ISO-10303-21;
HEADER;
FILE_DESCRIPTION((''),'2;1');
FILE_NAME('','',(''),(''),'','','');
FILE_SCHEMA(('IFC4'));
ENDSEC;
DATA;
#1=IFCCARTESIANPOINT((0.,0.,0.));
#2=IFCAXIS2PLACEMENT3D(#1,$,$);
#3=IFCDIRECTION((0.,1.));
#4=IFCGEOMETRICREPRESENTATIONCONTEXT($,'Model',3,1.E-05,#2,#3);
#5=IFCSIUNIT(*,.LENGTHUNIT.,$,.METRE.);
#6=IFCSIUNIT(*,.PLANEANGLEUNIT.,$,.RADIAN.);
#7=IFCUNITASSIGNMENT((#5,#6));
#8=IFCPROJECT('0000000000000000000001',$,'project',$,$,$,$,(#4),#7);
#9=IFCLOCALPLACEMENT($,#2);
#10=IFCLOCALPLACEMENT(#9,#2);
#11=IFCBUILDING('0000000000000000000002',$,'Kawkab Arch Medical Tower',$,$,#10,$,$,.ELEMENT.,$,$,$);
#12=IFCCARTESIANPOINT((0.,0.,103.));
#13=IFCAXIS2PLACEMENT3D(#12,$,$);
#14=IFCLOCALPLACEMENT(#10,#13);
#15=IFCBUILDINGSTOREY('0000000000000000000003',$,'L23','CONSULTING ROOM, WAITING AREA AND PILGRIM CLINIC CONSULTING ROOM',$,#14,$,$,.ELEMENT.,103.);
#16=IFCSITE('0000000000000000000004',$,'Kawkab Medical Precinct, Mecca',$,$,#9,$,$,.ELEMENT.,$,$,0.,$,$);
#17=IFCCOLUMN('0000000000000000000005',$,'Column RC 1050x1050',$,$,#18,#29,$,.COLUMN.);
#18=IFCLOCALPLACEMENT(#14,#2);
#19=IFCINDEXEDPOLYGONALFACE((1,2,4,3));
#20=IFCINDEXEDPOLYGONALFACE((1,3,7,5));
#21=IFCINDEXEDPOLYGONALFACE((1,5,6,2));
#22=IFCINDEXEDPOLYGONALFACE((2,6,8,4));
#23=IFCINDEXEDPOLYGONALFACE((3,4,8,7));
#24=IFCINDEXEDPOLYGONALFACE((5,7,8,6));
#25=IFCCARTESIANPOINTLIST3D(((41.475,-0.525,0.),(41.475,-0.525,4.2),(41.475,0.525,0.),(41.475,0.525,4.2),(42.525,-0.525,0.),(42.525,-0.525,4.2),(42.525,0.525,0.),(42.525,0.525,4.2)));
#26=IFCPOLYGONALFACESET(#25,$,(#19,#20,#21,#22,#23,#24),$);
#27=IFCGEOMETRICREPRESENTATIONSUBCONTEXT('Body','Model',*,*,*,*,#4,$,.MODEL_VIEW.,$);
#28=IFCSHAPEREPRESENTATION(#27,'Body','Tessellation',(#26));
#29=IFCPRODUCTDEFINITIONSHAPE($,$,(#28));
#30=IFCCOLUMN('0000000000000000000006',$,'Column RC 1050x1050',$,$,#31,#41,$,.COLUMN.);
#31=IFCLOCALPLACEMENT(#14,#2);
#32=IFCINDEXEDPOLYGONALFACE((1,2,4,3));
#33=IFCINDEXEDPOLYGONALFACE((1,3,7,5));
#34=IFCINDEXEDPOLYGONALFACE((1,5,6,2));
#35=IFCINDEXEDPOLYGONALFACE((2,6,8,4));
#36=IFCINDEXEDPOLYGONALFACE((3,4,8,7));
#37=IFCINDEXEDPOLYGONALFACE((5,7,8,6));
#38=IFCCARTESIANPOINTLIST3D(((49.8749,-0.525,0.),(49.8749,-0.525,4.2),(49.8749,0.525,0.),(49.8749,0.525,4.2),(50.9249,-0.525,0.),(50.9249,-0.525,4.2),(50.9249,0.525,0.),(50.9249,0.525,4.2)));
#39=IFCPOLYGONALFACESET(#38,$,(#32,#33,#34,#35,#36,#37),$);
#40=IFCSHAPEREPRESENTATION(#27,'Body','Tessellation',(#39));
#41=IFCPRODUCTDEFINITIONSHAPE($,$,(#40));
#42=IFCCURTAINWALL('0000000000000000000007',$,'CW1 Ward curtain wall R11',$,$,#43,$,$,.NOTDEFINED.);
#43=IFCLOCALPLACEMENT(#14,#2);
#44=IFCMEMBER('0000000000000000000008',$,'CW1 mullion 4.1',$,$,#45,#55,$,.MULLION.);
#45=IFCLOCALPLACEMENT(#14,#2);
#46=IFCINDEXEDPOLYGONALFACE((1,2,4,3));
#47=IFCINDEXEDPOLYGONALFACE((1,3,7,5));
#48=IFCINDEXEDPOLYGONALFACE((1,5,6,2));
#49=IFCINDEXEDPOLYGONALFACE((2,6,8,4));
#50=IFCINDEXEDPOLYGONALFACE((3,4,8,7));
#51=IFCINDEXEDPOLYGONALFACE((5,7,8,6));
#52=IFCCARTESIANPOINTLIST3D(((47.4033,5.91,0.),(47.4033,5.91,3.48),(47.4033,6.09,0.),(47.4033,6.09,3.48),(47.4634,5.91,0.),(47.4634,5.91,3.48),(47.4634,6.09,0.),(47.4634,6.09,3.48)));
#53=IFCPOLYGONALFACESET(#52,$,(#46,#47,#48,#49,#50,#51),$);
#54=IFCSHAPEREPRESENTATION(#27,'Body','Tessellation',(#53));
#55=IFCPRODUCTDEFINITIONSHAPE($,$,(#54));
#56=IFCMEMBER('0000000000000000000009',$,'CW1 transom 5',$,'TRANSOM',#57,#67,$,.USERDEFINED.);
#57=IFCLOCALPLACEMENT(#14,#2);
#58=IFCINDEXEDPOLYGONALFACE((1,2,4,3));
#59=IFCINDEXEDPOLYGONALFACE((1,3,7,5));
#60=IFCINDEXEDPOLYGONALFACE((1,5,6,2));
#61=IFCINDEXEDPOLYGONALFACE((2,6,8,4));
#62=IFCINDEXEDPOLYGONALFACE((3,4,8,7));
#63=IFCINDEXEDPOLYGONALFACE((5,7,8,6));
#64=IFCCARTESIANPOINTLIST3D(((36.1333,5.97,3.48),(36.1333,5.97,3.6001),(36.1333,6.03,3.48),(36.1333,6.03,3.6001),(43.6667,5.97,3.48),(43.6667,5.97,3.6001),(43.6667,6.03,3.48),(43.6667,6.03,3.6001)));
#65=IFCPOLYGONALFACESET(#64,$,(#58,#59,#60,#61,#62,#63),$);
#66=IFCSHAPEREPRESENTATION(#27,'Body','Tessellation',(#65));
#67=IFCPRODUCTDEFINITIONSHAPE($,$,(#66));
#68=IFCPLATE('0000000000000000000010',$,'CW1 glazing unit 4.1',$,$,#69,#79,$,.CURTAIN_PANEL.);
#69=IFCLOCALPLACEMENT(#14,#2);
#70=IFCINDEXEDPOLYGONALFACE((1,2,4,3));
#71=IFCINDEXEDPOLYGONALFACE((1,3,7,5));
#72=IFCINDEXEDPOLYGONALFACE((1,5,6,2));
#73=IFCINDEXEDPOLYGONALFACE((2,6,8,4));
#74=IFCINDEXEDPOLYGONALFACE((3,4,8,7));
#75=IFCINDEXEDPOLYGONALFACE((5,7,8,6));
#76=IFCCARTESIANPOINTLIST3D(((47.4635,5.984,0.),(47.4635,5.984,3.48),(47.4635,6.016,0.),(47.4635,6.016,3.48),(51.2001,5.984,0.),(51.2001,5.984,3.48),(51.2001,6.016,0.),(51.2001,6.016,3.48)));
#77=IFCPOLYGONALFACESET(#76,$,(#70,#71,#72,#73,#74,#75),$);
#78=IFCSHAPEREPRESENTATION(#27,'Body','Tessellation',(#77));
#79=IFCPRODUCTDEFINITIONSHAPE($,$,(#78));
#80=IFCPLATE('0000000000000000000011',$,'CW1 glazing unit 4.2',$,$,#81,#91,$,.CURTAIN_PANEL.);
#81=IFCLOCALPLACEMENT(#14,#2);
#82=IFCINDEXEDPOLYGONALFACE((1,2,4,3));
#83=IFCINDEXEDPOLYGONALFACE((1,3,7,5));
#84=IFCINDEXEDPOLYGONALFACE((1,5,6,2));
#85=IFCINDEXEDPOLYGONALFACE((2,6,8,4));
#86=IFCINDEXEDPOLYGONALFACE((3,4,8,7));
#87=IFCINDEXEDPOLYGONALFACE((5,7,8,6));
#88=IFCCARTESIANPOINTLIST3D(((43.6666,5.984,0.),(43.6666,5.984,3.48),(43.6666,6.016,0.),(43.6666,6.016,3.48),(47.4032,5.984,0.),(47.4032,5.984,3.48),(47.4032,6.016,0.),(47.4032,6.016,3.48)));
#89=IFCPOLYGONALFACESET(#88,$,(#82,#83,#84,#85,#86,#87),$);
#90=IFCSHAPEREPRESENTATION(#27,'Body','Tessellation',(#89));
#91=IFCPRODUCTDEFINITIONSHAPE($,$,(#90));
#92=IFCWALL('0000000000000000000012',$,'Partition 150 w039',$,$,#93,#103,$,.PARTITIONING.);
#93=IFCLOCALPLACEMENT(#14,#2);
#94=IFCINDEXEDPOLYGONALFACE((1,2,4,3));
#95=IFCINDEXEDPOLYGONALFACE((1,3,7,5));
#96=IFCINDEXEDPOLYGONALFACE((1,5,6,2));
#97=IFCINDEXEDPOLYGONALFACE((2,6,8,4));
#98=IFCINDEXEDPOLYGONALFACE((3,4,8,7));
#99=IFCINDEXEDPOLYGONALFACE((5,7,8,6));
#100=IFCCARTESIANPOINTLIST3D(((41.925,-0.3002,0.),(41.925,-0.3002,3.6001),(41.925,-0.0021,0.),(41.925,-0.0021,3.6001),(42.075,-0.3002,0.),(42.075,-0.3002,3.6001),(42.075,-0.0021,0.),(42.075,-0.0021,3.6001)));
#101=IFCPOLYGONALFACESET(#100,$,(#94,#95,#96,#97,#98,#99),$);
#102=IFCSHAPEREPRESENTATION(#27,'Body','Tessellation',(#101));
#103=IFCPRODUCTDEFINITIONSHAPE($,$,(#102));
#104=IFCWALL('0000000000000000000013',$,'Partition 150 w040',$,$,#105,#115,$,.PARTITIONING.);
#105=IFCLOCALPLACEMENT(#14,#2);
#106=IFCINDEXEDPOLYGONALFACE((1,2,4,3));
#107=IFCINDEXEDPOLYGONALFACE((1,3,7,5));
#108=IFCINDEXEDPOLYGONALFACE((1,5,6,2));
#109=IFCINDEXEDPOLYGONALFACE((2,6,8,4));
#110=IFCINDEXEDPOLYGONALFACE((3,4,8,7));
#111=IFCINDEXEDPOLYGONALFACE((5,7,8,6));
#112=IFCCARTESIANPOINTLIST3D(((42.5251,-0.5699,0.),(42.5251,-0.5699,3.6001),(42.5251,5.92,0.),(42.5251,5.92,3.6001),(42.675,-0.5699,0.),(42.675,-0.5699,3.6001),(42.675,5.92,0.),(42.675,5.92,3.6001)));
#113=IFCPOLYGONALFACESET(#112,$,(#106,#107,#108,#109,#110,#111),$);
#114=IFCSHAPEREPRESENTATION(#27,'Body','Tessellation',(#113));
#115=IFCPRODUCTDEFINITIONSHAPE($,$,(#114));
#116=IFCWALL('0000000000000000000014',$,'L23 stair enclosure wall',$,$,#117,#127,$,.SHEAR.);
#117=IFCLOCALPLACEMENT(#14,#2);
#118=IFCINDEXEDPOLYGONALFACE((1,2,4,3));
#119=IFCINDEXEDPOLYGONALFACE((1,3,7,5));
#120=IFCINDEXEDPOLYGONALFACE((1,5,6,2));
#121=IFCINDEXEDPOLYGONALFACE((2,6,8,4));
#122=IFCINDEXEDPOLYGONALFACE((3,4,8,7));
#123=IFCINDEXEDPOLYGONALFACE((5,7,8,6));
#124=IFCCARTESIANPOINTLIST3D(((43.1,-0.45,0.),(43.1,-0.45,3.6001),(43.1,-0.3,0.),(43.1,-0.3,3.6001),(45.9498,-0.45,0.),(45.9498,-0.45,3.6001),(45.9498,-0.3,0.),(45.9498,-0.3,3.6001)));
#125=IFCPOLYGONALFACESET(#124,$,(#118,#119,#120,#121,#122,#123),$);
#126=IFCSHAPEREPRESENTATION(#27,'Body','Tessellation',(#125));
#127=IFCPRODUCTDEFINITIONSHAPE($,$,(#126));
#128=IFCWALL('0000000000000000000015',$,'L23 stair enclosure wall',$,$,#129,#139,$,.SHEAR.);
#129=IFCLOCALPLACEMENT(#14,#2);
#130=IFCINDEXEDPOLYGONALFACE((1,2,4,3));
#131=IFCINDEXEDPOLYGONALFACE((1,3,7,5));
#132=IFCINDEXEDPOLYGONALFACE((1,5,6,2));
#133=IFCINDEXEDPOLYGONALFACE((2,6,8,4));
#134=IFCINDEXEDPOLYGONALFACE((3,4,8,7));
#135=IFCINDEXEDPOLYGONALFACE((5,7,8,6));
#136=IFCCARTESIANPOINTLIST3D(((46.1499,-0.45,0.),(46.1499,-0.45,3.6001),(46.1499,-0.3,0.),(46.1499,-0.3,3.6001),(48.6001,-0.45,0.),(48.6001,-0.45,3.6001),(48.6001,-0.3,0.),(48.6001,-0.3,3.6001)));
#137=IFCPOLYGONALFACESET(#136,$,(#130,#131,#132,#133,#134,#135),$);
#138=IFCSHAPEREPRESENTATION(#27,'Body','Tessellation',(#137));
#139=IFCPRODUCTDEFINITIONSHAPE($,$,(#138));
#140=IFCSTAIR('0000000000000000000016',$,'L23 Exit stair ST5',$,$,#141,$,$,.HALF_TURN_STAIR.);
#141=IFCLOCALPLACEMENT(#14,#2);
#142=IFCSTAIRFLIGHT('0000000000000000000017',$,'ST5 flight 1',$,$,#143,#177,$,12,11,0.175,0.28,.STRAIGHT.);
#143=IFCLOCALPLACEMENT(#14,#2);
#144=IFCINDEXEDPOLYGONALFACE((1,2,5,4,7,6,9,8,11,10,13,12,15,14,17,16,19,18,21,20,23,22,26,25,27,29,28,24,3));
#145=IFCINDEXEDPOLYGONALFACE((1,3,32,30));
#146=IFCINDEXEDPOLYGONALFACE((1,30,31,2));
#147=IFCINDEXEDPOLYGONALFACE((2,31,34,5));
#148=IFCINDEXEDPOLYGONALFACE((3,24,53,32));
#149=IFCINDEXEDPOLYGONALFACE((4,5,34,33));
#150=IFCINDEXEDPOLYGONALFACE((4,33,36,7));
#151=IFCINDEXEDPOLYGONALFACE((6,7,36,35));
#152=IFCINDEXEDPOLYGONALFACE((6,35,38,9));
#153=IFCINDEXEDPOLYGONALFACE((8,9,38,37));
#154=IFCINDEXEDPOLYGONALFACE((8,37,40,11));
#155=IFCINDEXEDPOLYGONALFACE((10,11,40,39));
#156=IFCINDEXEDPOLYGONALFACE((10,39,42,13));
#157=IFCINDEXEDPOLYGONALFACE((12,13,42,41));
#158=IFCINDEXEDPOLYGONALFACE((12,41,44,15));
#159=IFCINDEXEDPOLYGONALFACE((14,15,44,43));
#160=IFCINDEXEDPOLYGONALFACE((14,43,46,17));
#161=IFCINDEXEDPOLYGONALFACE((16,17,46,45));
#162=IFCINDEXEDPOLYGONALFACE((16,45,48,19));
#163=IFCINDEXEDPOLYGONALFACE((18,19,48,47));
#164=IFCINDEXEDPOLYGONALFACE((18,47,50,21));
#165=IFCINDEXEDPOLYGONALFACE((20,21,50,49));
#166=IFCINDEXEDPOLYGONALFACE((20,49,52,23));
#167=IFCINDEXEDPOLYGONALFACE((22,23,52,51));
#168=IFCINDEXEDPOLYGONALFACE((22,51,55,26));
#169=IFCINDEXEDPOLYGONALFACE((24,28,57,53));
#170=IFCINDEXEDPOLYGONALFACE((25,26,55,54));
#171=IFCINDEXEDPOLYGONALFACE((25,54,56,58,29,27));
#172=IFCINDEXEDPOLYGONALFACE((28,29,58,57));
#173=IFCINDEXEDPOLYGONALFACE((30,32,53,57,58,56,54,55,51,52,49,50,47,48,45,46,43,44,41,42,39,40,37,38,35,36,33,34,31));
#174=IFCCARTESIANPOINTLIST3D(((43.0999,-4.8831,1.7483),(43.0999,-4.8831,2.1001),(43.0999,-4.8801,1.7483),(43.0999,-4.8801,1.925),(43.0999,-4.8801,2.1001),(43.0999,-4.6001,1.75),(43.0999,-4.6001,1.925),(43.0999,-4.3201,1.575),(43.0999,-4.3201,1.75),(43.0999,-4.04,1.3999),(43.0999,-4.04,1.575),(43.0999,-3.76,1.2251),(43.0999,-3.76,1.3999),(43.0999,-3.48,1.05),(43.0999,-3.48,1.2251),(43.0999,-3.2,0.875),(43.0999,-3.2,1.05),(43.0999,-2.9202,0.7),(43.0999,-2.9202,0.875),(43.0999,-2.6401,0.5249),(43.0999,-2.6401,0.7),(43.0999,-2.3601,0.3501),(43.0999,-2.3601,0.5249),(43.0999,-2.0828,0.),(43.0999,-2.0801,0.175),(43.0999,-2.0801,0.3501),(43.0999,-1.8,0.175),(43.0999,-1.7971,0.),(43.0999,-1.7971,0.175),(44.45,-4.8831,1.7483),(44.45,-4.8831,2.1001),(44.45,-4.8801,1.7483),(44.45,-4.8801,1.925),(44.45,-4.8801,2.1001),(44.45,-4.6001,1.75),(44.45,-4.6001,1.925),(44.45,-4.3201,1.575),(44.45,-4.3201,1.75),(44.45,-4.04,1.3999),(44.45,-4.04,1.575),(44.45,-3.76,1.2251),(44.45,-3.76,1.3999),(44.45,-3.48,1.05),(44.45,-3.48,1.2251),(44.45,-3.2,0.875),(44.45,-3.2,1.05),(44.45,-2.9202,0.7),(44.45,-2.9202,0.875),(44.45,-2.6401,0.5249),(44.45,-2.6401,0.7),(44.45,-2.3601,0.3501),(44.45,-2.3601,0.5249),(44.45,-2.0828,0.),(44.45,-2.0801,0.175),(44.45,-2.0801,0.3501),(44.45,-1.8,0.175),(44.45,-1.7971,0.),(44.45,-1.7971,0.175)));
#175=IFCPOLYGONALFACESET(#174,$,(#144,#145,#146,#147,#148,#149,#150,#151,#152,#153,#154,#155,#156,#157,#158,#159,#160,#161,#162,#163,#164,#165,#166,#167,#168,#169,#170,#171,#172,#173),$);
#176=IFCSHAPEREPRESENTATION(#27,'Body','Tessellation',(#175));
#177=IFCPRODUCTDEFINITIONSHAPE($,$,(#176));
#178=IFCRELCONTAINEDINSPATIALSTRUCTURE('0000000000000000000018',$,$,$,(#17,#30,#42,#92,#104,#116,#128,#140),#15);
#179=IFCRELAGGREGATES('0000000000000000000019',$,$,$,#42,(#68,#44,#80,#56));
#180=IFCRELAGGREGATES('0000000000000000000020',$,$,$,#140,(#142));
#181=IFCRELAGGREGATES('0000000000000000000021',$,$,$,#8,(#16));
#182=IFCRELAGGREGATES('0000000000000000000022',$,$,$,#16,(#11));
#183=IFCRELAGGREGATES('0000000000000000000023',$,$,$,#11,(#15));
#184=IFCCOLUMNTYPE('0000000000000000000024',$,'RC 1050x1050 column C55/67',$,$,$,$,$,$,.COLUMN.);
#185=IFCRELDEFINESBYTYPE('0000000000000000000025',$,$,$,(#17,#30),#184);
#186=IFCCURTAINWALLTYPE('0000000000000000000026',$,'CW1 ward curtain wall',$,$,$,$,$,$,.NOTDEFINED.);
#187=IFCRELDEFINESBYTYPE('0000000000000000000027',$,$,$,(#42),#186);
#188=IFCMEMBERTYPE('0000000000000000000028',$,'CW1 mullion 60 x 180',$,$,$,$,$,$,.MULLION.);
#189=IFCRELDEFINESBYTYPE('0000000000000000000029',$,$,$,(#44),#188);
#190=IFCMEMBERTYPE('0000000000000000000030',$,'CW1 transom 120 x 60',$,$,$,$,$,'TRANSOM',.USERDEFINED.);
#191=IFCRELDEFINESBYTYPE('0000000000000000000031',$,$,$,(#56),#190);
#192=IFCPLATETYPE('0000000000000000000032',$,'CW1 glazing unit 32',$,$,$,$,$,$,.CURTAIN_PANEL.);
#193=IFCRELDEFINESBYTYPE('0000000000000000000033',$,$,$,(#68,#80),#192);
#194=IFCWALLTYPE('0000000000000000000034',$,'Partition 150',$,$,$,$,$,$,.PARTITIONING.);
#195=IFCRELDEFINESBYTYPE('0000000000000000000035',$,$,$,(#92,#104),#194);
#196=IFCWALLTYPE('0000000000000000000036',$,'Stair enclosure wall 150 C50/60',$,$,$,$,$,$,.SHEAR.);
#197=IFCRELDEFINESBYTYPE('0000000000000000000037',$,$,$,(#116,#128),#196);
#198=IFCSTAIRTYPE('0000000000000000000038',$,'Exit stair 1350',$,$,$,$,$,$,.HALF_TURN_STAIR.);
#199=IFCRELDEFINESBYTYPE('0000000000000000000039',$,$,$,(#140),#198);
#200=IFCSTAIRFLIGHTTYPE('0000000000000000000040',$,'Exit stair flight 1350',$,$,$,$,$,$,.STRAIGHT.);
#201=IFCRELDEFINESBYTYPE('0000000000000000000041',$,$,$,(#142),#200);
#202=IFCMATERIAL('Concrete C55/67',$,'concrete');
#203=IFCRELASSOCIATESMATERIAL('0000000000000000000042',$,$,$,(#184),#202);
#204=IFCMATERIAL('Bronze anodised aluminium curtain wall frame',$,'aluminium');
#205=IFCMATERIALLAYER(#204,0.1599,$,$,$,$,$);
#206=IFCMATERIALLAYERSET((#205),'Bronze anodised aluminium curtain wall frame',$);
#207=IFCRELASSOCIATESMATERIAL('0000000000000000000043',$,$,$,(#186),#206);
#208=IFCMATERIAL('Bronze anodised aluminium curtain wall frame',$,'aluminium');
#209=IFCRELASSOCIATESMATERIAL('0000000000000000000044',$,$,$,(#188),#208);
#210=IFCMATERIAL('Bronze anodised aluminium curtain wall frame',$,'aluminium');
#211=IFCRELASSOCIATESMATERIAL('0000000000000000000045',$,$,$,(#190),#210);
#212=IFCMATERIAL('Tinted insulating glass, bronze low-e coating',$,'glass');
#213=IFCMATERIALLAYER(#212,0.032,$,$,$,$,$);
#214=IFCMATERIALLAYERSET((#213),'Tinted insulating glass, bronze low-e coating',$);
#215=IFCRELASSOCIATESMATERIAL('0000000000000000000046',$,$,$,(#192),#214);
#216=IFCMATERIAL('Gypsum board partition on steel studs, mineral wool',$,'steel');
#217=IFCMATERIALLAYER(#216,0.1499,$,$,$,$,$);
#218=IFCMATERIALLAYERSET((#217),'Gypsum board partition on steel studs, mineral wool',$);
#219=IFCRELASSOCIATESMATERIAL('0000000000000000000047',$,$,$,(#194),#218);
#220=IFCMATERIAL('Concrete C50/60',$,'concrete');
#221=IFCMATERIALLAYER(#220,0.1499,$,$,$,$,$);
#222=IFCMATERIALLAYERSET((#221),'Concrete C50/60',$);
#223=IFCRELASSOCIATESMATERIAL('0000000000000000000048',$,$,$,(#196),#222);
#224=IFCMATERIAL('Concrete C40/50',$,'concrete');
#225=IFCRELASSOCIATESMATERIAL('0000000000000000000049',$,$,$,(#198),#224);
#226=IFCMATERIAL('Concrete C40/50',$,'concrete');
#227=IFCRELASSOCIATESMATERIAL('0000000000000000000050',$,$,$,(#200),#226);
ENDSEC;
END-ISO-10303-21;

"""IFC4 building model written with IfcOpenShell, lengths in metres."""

from ifc_helpers import new_model, si_unit, direction, frame, frame_2d, origin, origin_2d, place, context, subcontext, project, spatial, polyline, rectangle, outline, extrude, material, layer, layer_set, material_profile, profile_set, type_object, element, aggregate, save


model = new_model("IFC4")

# Units and contexts
model_context = context("Model", 3, precision=1e-05, world=origin(), true_north=direction((0.0, 1.0)))
body_context = subcontext(model_context, "Body", "Model", "MODEL_VIEW")
ifc_project = project(units=[si_unit("LENGTHUNIT", "METRE"), si_unit("PLANEANGLEUNIT", "RADIAN")], contexts=[model_context])

# Site, building, storey
site_placement = place(None, origin())
site = spatial("IfcSite", under=ifc_project, at=site_placement, Name="Kawkab Medical Precinct, Mecca", CompositionType="ELEMENT", RefElevation=0.0)
building_placement = place(site_placement, origin())
building = spatial("IfcBuilding", under=site, at=building_placement, Name="Kawkab Arch Medical Tower", CompositionType="ELEMENT")
storey_placement = place(building_placement, frame((0.0, 0.0, 103.0)))
storey = spatial("IfcBuildingStorey", under=building, at=storey_placement, Name="L23", Description="CONSULTING ROOM, WAITING AREA AND PILGRIM CLINIC CONSULTING ROOM", CompositionType="ELEMENT", Elevation=103.0)

# Columns
ifc_material_1 = material(Name="Concrete C55/67", Category="concrete")
ifc_material_profile_1 = material_profile(ifc_material_1, rectangle(XDim=1.05, YDim=1.05, at=origin_2d()), Name="RC 1050x1050")
ifc_profile_set_1 = profile_set([ifc_material_profile_1], Name="Concrete C55/67")
column_type = type_object("IfcColumnType", Name="RC 1050x1050 column C55/67", PredefinedType="COLUMN", material=ifc_profile_set_1)
for number, where, z_axis, x_axis, name in (
    (1, (42.0, 0.0, 0.0), (0.0, 0.0, 1.0), (1.0, 0.0, 0.0), "Column RC 1050x1050"),
    (2, (50.3999, 0.0, 0.0), (0.0, 0.0, 1.0), (1.0, 0.0, 0.0), "Column RC 1050x1050"),
):
    element("IfcColumn", number, at=place(storey_placement, frame(where, z_axis=z_axis, x_axis=x_axis)), inside=storey, type_object=column_type, Name=name, PredefinedType="COLUMN", context=body_context, shape_type="SweptSolid", body=[
        extrude(rectangle(XDim=1.05, YDim=1.05, at=origin_2d()), origin(), (0.0, 0.0, 1.0), 4.2),
    ])

# Curtain wall, members, plates
ifc_material_2 = material(Name="Bronze anodised aluminium curtain wall frame", Category="aluminium")
ifc_layer_1 = layer(ifc_material_2, 0.1599)
ifc_layer_set_1 = layer_set([ifc_layer_1], Name="Bronze anodised aluminium curtain wall frame")
curtain_wall_type = type_object("IfcCurtainWallType", Name="CW1 ward curtain wall", PredefinedType="NOTDEFINED", material=ifc_layer_set_1)
placement = place(storey_placement, origin())
curtain_wall = element("IfcCurtainWall", 3, at=placement, inside=storey, type_object=curtain_wall_type, Name="CW1 Ward curtain wall R11", PredefinedType="NOTDEFINED")
ifc_material_3 = material(Name="Bronze anodised aluminium curtain wall frame", Category="aluminium")
ifc_material_profile_2 = material_profile(ifc_material_3, rectangle(XDim=0.1799, YDim=0.0601, at=origin_2d()), Name="AL 60x180")
ifc_profile_set_2 = profile_set([ifc_material_profile_2], Name="Bronze anodised aluminium curtain wall frame")
member_type_1 = type_object("IfcMemberType", Name="CW1 mullion 60 x 180", PredefinedType="MULLION", material=ifc_profile_set_2)
member_1_placement = place(storey_placement, frame((47.4333, 6.0, 0.0), z_axis=(0.0, 0.0, 1.0), x_axis=(0.0, -1.0, 0.0)))
member_1 = element("IfcMember", 4, at=member_1_placement, type_object=member_type_1, Name="CW1 mullion 4.1", PredefinedType="MULLION", context=body_context, shape_type="SweptSolid", body=[
    extrude(rectangle(XDim=0.1799, YDim=0.0601, at=origin_2d()), origin(), (0.0, 0.0, 1.0), 3.48),
])
ifc_material_4 = material(Name="Bronze anodised aluminium curtain wall frame", Category="aluminium")
ifc_material_profile_3 = material_profile(ifc_material_4, rectangle(XDim=0.0601, YDim=0.1201, at=origin_2d()), Name="AL 60x120")
ifc_profile_set_3 = profile_set([ifc_material_profile_3], Name="Bronze anodised aluminium curtain wall frame")
member_type_2 = type_object("IfcMemberType", Name="CW1 transom 120 x 60", ElementType="TRANSOM", PredefinedType="USERDEFINED", material=ifc_profile_set_3)
member_2_placement = place(storey_placement, frame((43.6667, 6.0, 3.54), z_axis=(-1.0, 0.0, 0.0), x_axis=(0.0, -1.0, 0.0)))
member_2 = element("IfcMember", 5, at=member_2_placement, type_object=member_type_2, Name="CW1 transom 5", ObjectType="TRANSOM", PredefinedType="USERDEFINED", context=body_context, shape_type="SweptSolid", body=[
    extrude(rectangle(XDim=0.0601, YDim=0.1201, at=origin_2d()), origin(), (0.0, 0.0, 1.0), 7.5334),
])
ifc_material_5 = material(Name="Tinted insulating glass, bronze low-e coating", Category="glass")
ifc_layer_2 = layer(ifc_material_5, 0.032)
ifc_layer_set_2 = layer_set([ifc_layer_2], Name="Tinted insulating glass, bronze low-e coating")
plate_type = type_object("IfcPlateType", Name="CW1 glazing unit 32", PredefinedType="CURTAIN_PANEL", material=ifc_layer_set_2)
plate_1_placement = place(storey_placement, frame((49.3318, 6.0, 0.0), z_axis=(0.0, 0.0, 1.0), x_axis=(-1.0, 0.0, 0.0)))
plate_1 = element("IfcPlate", 6, at=plate_1_placement, type_object=plate_type, Name="CW1 glazing unit 4.1", PredefinedType="CURTAIN_PANEL", context=body_context, shape_type="SweptSolid", body=[
    extrude(rectangle(XDim=3.7366, YDim=0.032, at=origin_2d()), origin(), (0.0, 0.0, 1.0), 3.48),
])
plate_2_placement = place(storey_placement, frame((45.5349, 6.0, 0.0), z_axis=(0.0, 0.0, 1.0), x_axis=(-1.0, 0.0, 0.0)))
plate_2 = element("IfcPlate", 7, at=plate_2_placement, type_object=plate_type, Name="CW1 glazing unit 4.2", PredefinedType="CURTAIN_PANEL", context=body_context, shape_type="SweptSolid", body=[
    extrude(rectangle(XDim=3.7366, YDim=0.032, at=origin_2d()), origin(), (0.0, 0.0, 1.0), 3.48),
])
aggregate(curtain_wall, [plate_1, member_1, plate_2, member_2])

# Walls
ifc_material_6 = material(Name="Gypsum board partition on steel studs, mineral wool", Category="steel")
ifc_layer_3 = layer(ifc_material_6, 0.1499)
ifc_layer_set_3 = layer_set([ifc_layer_3], Name="Gypsum board partition on steel studs, mineral wool")
wall_type_1 = type_object("IfcWallType", Name="Partition 150", PredefinedType="PARTITIONING", material=ifc_layer_set_3)
wall_1_placement = place(storey_placement, frame((42.0, -0.3, 0.0), z_axis=(0.0, 0.0, 1.0), x_axis=(0.0, 1.0, 0.0)))
element("IfcWall", 8, at=wall_1_placement, inside=storey, type_object=wall_type_1, Name="Partition 150 w039", PredefinedType="PARTITIONING", context=body_context, shape_type="SweptSolid", body=[
    extrude(rectangle(XDim=0.2981, YDim=0.1499, at=frame_2d((0.1489, 0.0))), origin(), (0.0, 0.0, 1.0), 3.6001),
])
wall_2_placement = place(storey_placement, frame((42.6001, -0.5701, 0.0), z_axis=(0.0, 0.0, 1.0), x_axis=(0.0, 1.0, 0.0)))
element("IfcWall", 9, at=wall_2_placement, inside=storey, type_object=wall_type_1, Name="Partition 150 w040", PredefinedType="PARTITIONING", context=body_context, shape_type="SweptSolid", body=[
    extrude(rectangle(XDim=6.49, YDim=0.1499, at=frame_2d((3.2451, 0.0))), origin(), (0.0, 0.0, 1.0), 3.6001),
])
ifc_material_7 = material(Name="Concrete C50/60", Category="concrete")
ifc_layer_4 = layer(ifc_material_7, 0.1499)
ifc_layer_set_4 = layer_set([ifc_layer_4], Name="Concrete C50/60")
wall_type_2 = type_object("IfcWallType", Name="Stair enclosure wall 150 C50/60", PredefinedType="SHEAR", material=ifc_layer_set_4)
wall_3_placement = place(storey_placement, frame((43.1001, -0.375, 0.0), z_axis=(0.0, 0.0, 1.0), x_axis=(1.0, 0.0, 0.0)))
element("IfcWall", 10, at=wall_3_placement, inside=storey, type_object=wall_type_2, Name="L23 stair enclosure wall", PredefinedType="SHEAR", context=body_context, shape_type="SweptSolid", body=[
    extrude(rectangle(XDim=2.8499, YDim=0.1499, at=frame_2d((1.4248, 0.0))), origin(), (0.0, 0.0, 1.0), 3.6001),
])
wall_4_placement = place(storey_placement, frame((46.1499, -0.375, 0.0), z_axis=(0.0, 0.0, 1.0), x_axis=(1.0, 0.0, 0.0)))
element("IfcWall", 11, at=wall_4_placement, inside=storey, type_object=wall_type_2, Name="L23 stair enclosure wall", PredefinedType="SHEAR", context=body_context, shape_type="SweptSolid", body=[
    extrude(rectangle(XDim=2.4502, YDim=0.1499, at=frame_2d((1.2251, 0.0))), origin(), (0.0, 0.0, 1.0), 3.6001),
])

# Stair, stair flight
ifc_material_8 = material(Name="Concrete C40/50", Category="concrete")
stair_type = type_object("IfcStairType", Name="Exit stair 1350", PredefinedType="HALF_TURN_STAIR", material=ifc_material_8)
stair = element("IfcStair", 12, at=placement, inside=storey, type_object=stair_type, Name="L23 Exit stair ST5", PredefinedType="HALF_TURN_STAIR")
ifc_material_9 = material(Name="Concrete C40/50", Category="concrete")
stair_flight_type = type_object("IfcStairFlightType", Name="Exit stair flight 1350", PredefinedType="STRAIGHT", material=ifc_material_9)
stair_flight_placement = place(storey_placement, frame((43.7749, -1.8, 0.0), z_axis=(0.0, 0.0, 1.0), x_axis=(0.0, -1.0, 0.0)))
stair_flight = element("IfcStairFlight", 13, at=stair_flight_placement, type_object=stair_flight_type, Name="ST5 flight 1", NumberOfRisers=12, NumberOfTreads=11, PredefinedType="STRAIGHT", RiserHeight=0.175, TreadLength=0.28, context=body_context, shape_type="SweptSolid", body=[
    extrude(outline(polyline([(-0.0029, 0.0), (-0.0029, 0.175), (0.0, 0.175), (0.28, 0.175), (0.28, 0.3501), (0.5601, 0.3501), (0.5601, 0.5249), (0.8401, 0.5249), (0.8401, 0.7), (1.1201, 0.7), (1.1201, 0.875), (1.3999, 0.875), (1.3999, 1.05), (1.6799, 1.05), (1.6799, 1.2251), (1.96, 1.2251), (1.96, 1.3999), (2.24, 1.3999), (2.24, 1.575), (2.52, 1.575), (2.52, 1.75), (2.8, 1.75), (2.8, 1.925), (3.0801, 1.925), (3.0801, 2.1001), (3.083, 2.1001), (3.083, 1.7483), (3.0801, 1.7483), (0.2827, 0.0), (-0.0029, 0.0)])), frame((0.0, 0.675, 0.0), z_axis=(0.0, -1.0, 0.0), x_axis=(1.0, 0.0, 0.0)), (0.0, 0.0, 1.0), 1.3501),
])
aggregate(stair, [stair_flight])

save(model, "model.ifc")
